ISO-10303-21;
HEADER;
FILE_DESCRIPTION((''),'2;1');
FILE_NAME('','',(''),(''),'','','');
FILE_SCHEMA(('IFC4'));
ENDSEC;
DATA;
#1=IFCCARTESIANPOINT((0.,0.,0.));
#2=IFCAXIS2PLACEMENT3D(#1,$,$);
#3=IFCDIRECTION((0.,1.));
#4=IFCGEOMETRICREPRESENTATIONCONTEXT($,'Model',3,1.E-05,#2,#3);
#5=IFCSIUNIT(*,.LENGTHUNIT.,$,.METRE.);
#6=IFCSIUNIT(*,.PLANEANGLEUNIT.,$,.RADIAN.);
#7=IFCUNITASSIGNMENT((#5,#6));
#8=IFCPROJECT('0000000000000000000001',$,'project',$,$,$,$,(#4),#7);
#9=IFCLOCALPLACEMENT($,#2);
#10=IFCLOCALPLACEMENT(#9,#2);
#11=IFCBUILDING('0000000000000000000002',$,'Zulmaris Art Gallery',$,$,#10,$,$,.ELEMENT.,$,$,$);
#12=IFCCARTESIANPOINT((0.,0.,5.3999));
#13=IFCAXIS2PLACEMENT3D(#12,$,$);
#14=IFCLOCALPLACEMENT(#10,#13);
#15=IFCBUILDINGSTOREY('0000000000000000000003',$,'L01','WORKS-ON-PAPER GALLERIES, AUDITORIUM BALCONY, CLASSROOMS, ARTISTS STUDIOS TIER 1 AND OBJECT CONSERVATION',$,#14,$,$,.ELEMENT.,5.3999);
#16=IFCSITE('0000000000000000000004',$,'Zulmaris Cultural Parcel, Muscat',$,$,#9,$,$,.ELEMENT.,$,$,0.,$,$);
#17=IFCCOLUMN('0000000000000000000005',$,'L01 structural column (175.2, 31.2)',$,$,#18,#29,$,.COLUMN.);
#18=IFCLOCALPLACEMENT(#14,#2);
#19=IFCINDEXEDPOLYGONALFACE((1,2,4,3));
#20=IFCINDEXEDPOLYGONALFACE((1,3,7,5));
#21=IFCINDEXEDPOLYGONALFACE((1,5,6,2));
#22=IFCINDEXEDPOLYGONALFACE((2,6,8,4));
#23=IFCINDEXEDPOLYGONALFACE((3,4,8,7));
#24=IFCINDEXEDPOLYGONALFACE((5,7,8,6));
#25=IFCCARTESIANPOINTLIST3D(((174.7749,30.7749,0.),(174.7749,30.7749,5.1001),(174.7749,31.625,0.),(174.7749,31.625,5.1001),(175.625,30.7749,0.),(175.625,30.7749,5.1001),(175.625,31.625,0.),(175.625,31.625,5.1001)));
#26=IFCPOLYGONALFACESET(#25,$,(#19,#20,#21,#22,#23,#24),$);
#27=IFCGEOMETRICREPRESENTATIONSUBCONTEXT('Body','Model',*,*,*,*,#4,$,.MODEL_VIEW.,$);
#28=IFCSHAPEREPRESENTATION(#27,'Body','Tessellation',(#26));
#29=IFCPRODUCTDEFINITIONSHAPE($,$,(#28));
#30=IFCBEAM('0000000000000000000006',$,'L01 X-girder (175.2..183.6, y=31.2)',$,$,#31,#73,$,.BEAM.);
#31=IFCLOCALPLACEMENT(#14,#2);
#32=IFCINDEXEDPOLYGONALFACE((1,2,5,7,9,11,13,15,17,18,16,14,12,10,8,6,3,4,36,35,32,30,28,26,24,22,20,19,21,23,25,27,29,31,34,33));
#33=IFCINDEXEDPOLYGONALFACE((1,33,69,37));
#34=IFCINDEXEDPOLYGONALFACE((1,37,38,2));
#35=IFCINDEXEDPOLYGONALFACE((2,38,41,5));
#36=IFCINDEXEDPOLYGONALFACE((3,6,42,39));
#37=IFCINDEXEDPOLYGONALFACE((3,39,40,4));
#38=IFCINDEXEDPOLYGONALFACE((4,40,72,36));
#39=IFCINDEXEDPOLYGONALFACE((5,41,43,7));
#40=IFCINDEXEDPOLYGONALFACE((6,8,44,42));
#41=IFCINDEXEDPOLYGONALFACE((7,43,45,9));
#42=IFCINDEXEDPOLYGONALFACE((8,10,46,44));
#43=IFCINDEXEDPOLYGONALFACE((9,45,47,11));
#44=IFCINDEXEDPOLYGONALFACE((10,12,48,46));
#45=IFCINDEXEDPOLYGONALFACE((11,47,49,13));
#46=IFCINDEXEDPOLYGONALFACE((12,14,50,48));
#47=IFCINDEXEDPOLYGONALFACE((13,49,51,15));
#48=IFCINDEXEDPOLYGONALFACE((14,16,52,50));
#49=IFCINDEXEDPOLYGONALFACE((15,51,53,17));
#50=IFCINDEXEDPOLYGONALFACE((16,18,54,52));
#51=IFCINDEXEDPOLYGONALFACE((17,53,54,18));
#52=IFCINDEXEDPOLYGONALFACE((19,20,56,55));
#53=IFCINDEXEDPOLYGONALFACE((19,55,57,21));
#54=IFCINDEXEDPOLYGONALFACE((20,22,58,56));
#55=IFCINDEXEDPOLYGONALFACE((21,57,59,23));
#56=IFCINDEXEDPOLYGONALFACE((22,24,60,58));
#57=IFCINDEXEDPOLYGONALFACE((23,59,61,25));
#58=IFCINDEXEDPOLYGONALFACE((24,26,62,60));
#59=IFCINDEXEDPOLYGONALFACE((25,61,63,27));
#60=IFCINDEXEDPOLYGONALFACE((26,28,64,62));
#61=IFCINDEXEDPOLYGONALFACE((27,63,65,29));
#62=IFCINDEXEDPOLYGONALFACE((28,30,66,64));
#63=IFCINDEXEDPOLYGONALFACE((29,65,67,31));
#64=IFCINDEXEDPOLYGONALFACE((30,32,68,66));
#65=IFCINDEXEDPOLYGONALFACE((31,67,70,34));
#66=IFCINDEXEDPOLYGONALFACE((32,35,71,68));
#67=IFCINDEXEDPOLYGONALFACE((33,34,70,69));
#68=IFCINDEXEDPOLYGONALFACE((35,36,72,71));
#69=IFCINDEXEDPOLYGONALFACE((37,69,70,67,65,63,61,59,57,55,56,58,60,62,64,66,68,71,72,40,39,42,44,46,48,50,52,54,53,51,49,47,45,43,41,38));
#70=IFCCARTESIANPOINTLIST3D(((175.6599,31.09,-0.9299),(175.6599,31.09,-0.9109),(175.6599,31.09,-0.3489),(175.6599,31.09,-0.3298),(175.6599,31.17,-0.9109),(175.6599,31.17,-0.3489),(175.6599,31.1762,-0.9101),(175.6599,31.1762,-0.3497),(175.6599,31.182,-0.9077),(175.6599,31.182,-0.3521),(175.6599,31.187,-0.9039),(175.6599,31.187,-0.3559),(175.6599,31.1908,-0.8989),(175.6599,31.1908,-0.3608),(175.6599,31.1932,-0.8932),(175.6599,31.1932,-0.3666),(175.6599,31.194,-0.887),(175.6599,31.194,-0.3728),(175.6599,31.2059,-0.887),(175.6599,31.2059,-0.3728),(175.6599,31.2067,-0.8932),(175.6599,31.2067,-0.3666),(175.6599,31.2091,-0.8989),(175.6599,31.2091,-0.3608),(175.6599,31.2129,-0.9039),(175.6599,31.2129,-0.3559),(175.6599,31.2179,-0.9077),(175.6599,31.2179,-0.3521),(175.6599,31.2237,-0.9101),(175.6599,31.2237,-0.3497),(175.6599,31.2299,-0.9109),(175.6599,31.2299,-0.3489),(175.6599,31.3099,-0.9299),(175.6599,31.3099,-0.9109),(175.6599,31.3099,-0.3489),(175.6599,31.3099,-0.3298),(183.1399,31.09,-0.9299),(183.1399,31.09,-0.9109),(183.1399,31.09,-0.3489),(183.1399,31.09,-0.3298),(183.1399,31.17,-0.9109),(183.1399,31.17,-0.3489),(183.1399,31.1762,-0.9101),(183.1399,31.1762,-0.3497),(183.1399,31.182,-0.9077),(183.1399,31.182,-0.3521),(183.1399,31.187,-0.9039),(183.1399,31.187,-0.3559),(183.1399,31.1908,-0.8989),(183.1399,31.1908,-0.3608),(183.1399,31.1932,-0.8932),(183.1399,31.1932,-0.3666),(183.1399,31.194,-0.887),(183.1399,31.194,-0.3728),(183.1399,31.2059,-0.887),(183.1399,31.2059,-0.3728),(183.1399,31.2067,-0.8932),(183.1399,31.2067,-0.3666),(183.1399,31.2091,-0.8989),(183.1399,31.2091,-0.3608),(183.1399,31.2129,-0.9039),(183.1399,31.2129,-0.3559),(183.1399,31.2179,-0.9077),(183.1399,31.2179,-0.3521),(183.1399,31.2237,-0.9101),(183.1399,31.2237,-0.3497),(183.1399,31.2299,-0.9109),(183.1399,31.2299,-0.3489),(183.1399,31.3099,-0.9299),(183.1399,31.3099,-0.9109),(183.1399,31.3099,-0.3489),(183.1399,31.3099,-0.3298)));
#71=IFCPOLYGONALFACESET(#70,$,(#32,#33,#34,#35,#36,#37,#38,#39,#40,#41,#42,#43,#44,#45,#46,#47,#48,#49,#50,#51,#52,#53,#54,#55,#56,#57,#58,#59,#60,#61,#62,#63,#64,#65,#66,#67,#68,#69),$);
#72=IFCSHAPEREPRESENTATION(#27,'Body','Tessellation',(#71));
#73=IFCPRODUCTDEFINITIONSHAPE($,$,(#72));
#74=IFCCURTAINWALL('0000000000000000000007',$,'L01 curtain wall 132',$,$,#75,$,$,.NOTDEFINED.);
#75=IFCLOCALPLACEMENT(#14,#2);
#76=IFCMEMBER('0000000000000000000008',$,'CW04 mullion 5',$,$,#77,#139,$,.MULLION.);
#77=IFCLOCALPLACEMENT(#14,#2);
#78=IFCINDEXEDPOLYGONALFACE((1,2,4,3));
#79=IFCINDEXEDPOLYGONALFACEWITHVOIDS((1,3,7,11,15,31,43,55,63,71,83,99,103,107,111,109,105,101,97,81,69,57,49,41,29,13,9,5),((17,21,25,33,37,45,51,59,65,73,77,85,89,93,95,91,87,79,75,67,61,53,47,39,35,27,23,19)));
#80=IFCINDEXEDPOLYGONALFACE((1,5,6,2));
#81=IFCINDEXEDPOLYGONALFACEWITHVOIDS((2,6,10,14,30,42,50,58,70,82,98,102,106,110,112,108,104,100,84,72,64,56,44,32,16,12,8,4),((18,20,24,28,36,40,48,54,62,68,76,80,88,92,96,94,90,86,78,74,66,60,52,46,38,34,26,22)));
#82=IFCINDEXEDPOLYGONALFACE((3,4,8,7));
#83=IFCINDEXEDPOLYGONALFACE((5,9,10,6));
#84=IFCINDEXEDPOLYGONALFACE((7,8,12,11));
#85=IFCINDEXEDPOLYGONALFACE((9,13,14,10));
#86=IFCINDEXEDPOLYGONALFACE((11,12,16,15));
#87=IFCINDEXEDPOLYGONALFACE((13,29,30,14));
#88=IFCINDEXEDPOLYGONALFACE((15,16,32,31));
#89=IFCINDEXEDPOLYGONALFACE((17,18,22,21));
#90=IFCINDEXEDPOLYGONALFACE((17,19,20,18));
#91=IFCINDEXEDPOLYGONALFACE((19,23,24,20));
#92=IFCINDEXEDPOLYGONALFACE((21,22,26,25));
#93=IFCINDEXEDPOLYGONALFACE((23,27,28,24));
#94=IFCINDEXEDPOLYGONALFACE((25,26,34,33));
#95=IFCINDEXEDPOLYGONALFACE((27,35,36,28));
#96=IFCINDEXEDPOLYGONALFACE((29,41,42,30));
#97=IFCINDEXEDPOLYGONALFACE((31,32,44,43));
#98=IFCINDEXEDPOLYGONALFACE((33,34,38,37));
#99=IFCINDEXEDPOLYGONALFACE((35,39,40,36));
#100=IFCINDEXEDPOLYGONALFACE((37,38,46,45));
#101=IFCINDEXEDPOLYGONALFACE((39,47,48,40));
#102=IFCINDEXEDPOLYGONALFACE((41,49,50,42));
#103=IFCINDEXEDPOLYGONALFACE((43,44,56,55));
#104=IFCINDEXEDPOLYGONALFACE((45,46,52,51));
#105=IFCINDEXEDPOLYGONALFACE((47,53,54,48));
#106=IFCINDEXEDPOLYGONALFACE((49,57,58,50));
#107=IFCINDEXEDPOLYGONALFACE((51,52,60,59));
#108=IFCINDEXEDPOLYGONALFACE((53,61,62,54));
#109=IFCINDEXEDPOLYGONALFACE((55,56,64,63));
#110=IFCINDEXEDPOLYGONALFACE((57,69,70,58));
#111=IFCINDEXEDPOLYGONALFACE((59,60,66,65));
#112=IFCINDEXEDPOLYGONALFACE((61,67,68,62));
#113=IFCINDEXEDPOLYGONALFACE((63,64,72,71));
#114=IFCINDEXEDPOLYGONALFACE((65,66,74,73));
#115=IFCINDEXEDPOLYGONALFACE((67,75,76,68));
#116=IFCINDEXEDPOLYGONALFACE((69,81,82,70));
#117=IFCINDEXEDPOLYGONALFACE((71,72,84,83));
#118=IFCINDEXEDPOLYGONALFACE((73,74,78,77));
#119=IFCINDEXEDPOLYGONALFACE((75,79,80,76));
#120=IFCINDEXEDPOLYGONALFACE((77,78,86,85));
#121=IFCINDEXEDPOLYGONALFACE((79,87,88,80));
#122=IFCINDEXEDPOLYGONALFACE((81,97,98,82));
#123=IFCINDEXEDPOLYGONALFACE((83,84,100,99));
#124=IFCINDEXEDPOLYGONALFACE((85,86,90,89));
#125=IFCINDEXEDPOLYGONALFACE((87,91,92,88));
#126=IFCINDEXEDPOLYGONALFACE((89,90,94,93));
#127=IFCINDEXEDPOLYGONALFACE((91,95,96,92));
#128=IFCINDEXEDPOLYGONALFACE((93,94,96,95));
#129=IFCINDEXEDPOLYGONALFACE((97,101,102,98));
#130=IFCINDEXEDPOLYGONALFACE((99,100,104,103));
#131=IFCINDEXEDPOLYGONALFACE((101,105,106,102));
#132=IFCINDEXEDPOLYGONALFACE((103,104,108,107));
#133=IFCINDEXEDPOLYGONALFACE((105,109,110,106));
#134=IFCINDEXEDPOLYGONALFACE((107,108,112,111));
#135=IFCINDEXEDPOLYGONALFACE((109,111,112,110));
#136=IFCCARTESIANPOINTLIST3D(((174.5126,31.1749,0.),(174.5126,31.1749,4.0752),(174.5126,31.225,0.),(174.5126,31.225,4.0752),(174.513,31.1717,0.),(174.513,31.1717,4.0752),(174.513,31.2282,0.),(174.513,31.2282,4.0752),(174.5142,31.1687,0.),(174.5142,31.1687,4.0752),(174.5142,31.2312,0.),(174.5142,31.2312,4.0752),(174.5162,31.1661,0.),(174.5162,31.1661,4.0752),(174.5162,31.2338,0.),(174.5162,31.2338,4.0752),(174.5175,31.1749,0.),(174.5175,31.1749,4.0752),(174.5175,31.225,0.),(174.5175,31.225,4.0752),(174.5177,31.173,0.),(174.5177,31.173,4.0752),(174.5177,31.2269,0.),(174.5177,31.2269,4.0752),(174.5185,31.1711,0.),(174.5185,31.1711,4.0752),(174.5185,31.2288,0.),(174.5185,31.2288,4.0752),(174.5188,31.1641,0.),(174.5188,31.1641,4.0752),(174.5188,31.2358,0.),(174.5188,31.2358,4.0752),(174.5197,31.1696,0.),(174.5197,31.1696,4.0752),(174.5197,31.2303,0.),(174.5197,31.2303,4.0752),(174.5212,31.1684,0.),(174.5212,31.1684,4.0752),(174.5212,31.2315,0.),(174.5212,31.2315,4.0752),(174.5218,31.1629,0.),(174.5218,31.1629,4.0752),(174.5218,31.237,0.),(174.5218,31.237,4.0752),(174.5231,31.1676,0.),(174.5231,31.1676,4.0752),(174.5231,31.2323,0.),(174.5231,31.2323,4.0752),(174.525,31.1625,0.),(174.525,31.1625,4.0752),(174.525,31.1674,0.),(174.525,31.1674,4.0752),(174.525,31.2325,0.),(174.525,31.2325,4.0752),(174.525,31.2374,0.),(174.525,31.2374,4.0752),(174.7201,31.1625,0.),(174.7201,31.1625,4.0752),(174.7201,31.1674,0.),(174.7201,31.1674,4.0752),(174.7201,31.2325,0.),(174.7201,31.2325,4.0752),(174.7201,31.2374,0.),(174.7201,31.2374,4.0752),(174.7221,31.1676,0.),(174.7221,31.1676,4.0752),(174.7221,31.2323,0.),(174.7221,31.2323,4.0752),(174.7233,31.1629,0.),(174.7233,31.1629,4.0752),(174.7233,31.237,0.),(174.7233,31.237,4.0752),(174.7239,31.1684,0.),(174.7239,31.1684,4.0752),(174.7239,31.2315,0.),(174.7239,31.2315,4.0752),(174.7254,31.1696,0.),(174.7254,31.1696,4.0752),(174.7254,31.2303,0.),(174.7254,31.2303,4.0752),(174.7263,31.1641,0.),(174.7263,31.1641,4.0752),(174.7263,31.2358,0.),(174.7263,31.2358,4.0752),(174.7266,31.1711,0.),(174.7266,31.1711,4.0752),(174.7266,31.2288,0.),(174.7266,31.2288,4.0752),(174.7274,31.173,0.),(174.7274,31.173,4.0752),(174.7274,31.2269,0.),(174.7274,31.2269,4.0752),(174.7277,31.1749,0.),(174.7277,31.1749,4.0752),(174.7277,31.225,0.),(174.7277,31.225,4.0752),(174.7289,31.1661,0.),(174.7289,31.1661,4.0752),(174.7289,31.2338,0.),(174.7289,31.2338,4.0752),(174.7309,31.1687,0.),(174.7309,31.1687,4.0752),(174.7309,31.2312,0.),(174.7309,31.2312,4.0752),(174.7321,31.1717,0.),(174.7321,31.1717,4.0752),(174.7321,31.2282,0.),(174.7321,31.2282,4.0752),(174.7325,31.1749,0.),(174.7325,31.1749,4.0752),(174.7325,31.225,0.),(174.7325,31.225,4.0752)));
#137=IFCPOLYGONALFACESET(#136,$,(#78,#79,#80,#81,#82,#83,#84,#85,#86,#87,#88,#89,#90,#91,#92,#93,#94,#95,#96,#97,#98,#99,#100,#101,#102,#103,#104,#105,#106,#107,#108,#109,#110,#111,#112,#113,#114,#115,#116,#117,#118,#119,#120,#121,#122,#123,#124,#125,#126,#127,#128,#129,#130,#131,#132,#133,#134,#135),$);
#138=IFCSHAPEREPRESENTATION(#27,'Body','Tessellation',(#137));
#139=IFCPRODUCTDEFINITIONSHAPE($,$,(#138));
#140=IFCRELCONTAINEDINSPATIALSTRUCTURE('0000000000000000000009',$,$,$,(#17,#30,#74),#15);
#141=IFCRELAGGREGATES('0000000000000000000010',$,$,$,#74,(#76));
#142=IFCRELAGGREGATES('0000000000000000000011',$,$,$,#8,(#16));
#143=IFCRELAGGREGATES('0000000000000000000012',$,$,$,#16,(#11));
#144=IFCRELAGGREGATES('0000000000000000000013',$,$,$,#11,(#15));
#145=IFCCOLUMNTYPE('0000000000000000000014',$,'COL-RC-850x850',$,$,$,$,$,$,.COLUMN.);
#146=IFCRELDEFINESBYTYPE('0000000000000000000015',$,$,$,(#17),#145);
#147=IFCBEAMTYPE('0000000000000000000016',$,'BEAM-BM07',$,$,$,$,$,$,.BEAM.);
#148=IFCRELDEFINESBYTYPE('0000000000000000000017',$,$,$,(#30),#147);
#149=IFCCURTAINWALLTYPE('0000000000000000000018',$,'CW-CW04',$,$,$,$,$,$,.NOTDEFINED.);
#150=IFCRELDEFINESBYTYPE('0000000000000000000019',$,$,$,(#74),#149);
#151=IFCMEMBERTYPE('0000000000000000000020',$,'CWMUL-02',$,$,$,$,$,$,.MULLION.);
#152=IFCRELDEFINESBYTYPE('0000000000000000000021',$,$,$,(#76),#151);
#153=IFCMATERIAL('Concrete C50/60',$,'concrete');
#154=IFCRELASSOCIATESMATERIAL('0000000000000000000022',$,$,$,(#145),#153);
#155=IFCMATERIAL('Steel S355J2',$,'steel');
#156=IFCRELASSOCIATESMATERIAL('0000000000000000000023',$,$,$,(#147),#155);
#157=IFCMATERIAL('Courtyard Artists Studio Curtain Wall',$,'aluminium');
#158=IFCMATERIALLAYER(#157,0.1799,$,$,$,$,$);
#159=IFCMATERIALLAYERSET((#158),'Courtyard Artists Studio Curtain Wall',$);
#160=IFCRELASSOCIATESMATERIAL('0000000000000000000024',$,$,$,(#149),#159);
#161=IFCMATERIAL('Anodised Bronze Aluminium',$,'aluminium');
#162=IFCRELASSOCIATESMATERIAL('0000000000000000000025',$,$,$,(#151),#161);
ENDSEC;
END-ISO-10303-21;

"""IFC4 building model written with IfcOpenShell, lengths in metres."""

from ifc_helpers import new_model, si_unit, direction, frame, origin, origin_2d, place, context, subcontext, project, spatial, rectangle, hollow_rectangle, i_section, extrude, material, layer, layer_set, material_profile, profile_set, type_object, element, aggregate, save


model = new_model("IFC4")

# Units and contexts
model_context = context("Model", 3, precision=1e-05, world=origin(), true_north=direction((0.0, 1.0)))
body_context = subcontext(model_context, "Body", "Model", "MODEL_VIEW")
ifc_project = project(units=[si_unit("LENGTHUNIT", "METRE"), si_unit("PLANEANGLEUNIT", "RADIAN")], contexts=[model_context])

# Site, building, storey
site_placement = place(None, origin())
site = spatial("IfcSite", under=ifc_project, at=site_placement, Name="Zulmaris Cultural Parcel, Muscat", CompositionType="ELEMENT", RefElevation=0.0)
building_placement = place(site_placement, origin())
building = spatial("IfcBuilding", under=site, at=building_placement, Name="Zulmaris Art Gallery", CompositionType="ELEMENT")
storey_placement = place(building_placement, frame((0.0, 0.0, 5.3999)))
storey = spatial("IfcBuildingStorey", under=building, at=storey_placement, Name="L01", Description="WORKS-ON-PAPER GALLERIES, AUDITORIUM BALCONY, CLASSROOMS, ARTISTS STUDIOS TIER 1 AND OBJECT CONSERVATION", CompositionType="ELEMENT", Elevation=5.3999)

# Column
ifc_material_1 = material(Name="Concrete C50/60", Category="concrete")
ifc_material_profile_1 = material_profile(ifc_material_1, rectangle(XDim=0.8501, YDim=0.8501, at=origin_2d()), Name="RC 850x850")
ifc_profile_set_1 = profile_set([ifc_material_profile_1], Name="Concrete C50/60")
column_type = type_object("IfcColumnType", Name="COL-RC-850x850", PredefinedType="COLUMN", material=ifc_profile_set_1)
column_placement = place(storey_placement, frame((175.2, 31.2, 0.0), z_axis=(0.0, 0.0, 1.0), x_axis=(1.0, 0.0, 0.0)))
element("IfcColumn", 1, at=column_placement, inside=storey, type_object=column_type, Name="L01 structural column (175.2, 31.2)", PredefinedType="COLUMN", context=body_context, shape_type="SweptSolid", body=[
    extrude(rectangle(XDim=0.8501, YDim=0.8501, at=origin_2d()), origin(), (0.0, 0.0, 1.0), 5.1001),
])

# Beam
ifc_material_2 = material(Name="Steel S355J2", Category="steel")
ifc_material_profile_2 = material_profile(ifc_material_2, i_section(OverallWidth=0.22, OverallDepth=0.6001, WebThickness=0.012, FlangeThickness=0.019, FilletRadius=0.0239, at=origin_2d()), Name="IPE 600")
ifc_profile_set_2 = profile_set([ifc_material_profile_2], Name="Steel S355J2")
beam_type = type_object("IfcBeamType", Name="BEAM-BM07", PredefinedType="BEAM", material=ifc_profile_set_2)
beam_placement = place(storey_placement, frame((175.6599, 31.2, -0.6299), z_axis=(1.0, 0.0, 0.0), x_axis=(0.0, 1.0, 0.0)))
element("IfcBeam", 2, at=beam_placement, inside=storey, type_object=beam_type, Name="L01 X-girder (175.2..183.6, y=31.2)", PredefinedType="BEAM", context=body_context, shape_type="SweptSolid", body=[
    extrude(i_section(OverallWidth=0.22, OverallDepth=0.6001, WebThickness=0.012, FlangeThickness=0.019, FilletRadius=0.0239, at=origin_2d()), origin(), (0.0, 0.0, 1.0), 7.48),
])

# Curtain wall, member
ifc_material_3 = material(Name="Courtyard Artists Studio Curtain Wall", Category="aluminium")
ifc_layer_1 = layer(ifc_material_3, 0.1799)
ifc_layer_set_1 = layer_set([ifc_layer_1], Name="Courtyard Artists Studio Curtain Wall")
curtain_wall_type = type_object("IfcCurtainWallType", Name="CW-CW04", PredefinedType="NOTDEFINED", material=ifc_layer_set_1)
curtain_wall_1_placement = place(storey_placement, origin())
curtain_wall_1 = element("IfcCurtainWall", 3, at=curtain_wall_1_placement, inside=storey, type_object=curtain_wall_type, Name="L01 curtain wall 132", PredefinedType="NOTDEFINED")
ifc_material_4 = material(Name="Anodised Bronze Aluminium", Category="aluminium")
ifc_material_profile_3 = material_profile(ifc_material_4, hollow_rectangle(XDim=0.075, YDim=0.22, WallThickness=0.0049, InnerFilletRadius=0.0076, OuterFilletRadius=0.0125, at=origin_2d()), Name="ALU 75x220x5")
ifc_profile_set_3 = profile_set([ifc_material_profile_3], Name="Anodised Bronze Aluminium")
member_type_1 = type_object("IfcMemberType", Name="CWMUL-02", PredefinedType="MULLION", material=ifc_profile_set_3)
member_1_placement = place(storey_placement, frame((174.6226, 31.2, 0.0), z_axis=(0.0, 0.0, 1.0), x_axis=(0.0, 1.0, 0.0)))
member_1 = element("IfcMember", 4, at=member_1_placement, type_object=member_type_1, Name="CW04 mullion 5", PredefinedType="MULLION", context=body_context, shape_type="SweptSolid", body=[
    extrude(hollow_rectangle(XDim=0.075, YDim=0.22, WallThickness=0.0049, InnerFilletRadius=0.0076, OuterFilletRadius=0.0125, at=origin_2d()), origin(), (0.0, 0.0, 1.0), 4.0752),
])

aggregate(curtain_wall_1, [member_1])

save(model, "model.ifc")
